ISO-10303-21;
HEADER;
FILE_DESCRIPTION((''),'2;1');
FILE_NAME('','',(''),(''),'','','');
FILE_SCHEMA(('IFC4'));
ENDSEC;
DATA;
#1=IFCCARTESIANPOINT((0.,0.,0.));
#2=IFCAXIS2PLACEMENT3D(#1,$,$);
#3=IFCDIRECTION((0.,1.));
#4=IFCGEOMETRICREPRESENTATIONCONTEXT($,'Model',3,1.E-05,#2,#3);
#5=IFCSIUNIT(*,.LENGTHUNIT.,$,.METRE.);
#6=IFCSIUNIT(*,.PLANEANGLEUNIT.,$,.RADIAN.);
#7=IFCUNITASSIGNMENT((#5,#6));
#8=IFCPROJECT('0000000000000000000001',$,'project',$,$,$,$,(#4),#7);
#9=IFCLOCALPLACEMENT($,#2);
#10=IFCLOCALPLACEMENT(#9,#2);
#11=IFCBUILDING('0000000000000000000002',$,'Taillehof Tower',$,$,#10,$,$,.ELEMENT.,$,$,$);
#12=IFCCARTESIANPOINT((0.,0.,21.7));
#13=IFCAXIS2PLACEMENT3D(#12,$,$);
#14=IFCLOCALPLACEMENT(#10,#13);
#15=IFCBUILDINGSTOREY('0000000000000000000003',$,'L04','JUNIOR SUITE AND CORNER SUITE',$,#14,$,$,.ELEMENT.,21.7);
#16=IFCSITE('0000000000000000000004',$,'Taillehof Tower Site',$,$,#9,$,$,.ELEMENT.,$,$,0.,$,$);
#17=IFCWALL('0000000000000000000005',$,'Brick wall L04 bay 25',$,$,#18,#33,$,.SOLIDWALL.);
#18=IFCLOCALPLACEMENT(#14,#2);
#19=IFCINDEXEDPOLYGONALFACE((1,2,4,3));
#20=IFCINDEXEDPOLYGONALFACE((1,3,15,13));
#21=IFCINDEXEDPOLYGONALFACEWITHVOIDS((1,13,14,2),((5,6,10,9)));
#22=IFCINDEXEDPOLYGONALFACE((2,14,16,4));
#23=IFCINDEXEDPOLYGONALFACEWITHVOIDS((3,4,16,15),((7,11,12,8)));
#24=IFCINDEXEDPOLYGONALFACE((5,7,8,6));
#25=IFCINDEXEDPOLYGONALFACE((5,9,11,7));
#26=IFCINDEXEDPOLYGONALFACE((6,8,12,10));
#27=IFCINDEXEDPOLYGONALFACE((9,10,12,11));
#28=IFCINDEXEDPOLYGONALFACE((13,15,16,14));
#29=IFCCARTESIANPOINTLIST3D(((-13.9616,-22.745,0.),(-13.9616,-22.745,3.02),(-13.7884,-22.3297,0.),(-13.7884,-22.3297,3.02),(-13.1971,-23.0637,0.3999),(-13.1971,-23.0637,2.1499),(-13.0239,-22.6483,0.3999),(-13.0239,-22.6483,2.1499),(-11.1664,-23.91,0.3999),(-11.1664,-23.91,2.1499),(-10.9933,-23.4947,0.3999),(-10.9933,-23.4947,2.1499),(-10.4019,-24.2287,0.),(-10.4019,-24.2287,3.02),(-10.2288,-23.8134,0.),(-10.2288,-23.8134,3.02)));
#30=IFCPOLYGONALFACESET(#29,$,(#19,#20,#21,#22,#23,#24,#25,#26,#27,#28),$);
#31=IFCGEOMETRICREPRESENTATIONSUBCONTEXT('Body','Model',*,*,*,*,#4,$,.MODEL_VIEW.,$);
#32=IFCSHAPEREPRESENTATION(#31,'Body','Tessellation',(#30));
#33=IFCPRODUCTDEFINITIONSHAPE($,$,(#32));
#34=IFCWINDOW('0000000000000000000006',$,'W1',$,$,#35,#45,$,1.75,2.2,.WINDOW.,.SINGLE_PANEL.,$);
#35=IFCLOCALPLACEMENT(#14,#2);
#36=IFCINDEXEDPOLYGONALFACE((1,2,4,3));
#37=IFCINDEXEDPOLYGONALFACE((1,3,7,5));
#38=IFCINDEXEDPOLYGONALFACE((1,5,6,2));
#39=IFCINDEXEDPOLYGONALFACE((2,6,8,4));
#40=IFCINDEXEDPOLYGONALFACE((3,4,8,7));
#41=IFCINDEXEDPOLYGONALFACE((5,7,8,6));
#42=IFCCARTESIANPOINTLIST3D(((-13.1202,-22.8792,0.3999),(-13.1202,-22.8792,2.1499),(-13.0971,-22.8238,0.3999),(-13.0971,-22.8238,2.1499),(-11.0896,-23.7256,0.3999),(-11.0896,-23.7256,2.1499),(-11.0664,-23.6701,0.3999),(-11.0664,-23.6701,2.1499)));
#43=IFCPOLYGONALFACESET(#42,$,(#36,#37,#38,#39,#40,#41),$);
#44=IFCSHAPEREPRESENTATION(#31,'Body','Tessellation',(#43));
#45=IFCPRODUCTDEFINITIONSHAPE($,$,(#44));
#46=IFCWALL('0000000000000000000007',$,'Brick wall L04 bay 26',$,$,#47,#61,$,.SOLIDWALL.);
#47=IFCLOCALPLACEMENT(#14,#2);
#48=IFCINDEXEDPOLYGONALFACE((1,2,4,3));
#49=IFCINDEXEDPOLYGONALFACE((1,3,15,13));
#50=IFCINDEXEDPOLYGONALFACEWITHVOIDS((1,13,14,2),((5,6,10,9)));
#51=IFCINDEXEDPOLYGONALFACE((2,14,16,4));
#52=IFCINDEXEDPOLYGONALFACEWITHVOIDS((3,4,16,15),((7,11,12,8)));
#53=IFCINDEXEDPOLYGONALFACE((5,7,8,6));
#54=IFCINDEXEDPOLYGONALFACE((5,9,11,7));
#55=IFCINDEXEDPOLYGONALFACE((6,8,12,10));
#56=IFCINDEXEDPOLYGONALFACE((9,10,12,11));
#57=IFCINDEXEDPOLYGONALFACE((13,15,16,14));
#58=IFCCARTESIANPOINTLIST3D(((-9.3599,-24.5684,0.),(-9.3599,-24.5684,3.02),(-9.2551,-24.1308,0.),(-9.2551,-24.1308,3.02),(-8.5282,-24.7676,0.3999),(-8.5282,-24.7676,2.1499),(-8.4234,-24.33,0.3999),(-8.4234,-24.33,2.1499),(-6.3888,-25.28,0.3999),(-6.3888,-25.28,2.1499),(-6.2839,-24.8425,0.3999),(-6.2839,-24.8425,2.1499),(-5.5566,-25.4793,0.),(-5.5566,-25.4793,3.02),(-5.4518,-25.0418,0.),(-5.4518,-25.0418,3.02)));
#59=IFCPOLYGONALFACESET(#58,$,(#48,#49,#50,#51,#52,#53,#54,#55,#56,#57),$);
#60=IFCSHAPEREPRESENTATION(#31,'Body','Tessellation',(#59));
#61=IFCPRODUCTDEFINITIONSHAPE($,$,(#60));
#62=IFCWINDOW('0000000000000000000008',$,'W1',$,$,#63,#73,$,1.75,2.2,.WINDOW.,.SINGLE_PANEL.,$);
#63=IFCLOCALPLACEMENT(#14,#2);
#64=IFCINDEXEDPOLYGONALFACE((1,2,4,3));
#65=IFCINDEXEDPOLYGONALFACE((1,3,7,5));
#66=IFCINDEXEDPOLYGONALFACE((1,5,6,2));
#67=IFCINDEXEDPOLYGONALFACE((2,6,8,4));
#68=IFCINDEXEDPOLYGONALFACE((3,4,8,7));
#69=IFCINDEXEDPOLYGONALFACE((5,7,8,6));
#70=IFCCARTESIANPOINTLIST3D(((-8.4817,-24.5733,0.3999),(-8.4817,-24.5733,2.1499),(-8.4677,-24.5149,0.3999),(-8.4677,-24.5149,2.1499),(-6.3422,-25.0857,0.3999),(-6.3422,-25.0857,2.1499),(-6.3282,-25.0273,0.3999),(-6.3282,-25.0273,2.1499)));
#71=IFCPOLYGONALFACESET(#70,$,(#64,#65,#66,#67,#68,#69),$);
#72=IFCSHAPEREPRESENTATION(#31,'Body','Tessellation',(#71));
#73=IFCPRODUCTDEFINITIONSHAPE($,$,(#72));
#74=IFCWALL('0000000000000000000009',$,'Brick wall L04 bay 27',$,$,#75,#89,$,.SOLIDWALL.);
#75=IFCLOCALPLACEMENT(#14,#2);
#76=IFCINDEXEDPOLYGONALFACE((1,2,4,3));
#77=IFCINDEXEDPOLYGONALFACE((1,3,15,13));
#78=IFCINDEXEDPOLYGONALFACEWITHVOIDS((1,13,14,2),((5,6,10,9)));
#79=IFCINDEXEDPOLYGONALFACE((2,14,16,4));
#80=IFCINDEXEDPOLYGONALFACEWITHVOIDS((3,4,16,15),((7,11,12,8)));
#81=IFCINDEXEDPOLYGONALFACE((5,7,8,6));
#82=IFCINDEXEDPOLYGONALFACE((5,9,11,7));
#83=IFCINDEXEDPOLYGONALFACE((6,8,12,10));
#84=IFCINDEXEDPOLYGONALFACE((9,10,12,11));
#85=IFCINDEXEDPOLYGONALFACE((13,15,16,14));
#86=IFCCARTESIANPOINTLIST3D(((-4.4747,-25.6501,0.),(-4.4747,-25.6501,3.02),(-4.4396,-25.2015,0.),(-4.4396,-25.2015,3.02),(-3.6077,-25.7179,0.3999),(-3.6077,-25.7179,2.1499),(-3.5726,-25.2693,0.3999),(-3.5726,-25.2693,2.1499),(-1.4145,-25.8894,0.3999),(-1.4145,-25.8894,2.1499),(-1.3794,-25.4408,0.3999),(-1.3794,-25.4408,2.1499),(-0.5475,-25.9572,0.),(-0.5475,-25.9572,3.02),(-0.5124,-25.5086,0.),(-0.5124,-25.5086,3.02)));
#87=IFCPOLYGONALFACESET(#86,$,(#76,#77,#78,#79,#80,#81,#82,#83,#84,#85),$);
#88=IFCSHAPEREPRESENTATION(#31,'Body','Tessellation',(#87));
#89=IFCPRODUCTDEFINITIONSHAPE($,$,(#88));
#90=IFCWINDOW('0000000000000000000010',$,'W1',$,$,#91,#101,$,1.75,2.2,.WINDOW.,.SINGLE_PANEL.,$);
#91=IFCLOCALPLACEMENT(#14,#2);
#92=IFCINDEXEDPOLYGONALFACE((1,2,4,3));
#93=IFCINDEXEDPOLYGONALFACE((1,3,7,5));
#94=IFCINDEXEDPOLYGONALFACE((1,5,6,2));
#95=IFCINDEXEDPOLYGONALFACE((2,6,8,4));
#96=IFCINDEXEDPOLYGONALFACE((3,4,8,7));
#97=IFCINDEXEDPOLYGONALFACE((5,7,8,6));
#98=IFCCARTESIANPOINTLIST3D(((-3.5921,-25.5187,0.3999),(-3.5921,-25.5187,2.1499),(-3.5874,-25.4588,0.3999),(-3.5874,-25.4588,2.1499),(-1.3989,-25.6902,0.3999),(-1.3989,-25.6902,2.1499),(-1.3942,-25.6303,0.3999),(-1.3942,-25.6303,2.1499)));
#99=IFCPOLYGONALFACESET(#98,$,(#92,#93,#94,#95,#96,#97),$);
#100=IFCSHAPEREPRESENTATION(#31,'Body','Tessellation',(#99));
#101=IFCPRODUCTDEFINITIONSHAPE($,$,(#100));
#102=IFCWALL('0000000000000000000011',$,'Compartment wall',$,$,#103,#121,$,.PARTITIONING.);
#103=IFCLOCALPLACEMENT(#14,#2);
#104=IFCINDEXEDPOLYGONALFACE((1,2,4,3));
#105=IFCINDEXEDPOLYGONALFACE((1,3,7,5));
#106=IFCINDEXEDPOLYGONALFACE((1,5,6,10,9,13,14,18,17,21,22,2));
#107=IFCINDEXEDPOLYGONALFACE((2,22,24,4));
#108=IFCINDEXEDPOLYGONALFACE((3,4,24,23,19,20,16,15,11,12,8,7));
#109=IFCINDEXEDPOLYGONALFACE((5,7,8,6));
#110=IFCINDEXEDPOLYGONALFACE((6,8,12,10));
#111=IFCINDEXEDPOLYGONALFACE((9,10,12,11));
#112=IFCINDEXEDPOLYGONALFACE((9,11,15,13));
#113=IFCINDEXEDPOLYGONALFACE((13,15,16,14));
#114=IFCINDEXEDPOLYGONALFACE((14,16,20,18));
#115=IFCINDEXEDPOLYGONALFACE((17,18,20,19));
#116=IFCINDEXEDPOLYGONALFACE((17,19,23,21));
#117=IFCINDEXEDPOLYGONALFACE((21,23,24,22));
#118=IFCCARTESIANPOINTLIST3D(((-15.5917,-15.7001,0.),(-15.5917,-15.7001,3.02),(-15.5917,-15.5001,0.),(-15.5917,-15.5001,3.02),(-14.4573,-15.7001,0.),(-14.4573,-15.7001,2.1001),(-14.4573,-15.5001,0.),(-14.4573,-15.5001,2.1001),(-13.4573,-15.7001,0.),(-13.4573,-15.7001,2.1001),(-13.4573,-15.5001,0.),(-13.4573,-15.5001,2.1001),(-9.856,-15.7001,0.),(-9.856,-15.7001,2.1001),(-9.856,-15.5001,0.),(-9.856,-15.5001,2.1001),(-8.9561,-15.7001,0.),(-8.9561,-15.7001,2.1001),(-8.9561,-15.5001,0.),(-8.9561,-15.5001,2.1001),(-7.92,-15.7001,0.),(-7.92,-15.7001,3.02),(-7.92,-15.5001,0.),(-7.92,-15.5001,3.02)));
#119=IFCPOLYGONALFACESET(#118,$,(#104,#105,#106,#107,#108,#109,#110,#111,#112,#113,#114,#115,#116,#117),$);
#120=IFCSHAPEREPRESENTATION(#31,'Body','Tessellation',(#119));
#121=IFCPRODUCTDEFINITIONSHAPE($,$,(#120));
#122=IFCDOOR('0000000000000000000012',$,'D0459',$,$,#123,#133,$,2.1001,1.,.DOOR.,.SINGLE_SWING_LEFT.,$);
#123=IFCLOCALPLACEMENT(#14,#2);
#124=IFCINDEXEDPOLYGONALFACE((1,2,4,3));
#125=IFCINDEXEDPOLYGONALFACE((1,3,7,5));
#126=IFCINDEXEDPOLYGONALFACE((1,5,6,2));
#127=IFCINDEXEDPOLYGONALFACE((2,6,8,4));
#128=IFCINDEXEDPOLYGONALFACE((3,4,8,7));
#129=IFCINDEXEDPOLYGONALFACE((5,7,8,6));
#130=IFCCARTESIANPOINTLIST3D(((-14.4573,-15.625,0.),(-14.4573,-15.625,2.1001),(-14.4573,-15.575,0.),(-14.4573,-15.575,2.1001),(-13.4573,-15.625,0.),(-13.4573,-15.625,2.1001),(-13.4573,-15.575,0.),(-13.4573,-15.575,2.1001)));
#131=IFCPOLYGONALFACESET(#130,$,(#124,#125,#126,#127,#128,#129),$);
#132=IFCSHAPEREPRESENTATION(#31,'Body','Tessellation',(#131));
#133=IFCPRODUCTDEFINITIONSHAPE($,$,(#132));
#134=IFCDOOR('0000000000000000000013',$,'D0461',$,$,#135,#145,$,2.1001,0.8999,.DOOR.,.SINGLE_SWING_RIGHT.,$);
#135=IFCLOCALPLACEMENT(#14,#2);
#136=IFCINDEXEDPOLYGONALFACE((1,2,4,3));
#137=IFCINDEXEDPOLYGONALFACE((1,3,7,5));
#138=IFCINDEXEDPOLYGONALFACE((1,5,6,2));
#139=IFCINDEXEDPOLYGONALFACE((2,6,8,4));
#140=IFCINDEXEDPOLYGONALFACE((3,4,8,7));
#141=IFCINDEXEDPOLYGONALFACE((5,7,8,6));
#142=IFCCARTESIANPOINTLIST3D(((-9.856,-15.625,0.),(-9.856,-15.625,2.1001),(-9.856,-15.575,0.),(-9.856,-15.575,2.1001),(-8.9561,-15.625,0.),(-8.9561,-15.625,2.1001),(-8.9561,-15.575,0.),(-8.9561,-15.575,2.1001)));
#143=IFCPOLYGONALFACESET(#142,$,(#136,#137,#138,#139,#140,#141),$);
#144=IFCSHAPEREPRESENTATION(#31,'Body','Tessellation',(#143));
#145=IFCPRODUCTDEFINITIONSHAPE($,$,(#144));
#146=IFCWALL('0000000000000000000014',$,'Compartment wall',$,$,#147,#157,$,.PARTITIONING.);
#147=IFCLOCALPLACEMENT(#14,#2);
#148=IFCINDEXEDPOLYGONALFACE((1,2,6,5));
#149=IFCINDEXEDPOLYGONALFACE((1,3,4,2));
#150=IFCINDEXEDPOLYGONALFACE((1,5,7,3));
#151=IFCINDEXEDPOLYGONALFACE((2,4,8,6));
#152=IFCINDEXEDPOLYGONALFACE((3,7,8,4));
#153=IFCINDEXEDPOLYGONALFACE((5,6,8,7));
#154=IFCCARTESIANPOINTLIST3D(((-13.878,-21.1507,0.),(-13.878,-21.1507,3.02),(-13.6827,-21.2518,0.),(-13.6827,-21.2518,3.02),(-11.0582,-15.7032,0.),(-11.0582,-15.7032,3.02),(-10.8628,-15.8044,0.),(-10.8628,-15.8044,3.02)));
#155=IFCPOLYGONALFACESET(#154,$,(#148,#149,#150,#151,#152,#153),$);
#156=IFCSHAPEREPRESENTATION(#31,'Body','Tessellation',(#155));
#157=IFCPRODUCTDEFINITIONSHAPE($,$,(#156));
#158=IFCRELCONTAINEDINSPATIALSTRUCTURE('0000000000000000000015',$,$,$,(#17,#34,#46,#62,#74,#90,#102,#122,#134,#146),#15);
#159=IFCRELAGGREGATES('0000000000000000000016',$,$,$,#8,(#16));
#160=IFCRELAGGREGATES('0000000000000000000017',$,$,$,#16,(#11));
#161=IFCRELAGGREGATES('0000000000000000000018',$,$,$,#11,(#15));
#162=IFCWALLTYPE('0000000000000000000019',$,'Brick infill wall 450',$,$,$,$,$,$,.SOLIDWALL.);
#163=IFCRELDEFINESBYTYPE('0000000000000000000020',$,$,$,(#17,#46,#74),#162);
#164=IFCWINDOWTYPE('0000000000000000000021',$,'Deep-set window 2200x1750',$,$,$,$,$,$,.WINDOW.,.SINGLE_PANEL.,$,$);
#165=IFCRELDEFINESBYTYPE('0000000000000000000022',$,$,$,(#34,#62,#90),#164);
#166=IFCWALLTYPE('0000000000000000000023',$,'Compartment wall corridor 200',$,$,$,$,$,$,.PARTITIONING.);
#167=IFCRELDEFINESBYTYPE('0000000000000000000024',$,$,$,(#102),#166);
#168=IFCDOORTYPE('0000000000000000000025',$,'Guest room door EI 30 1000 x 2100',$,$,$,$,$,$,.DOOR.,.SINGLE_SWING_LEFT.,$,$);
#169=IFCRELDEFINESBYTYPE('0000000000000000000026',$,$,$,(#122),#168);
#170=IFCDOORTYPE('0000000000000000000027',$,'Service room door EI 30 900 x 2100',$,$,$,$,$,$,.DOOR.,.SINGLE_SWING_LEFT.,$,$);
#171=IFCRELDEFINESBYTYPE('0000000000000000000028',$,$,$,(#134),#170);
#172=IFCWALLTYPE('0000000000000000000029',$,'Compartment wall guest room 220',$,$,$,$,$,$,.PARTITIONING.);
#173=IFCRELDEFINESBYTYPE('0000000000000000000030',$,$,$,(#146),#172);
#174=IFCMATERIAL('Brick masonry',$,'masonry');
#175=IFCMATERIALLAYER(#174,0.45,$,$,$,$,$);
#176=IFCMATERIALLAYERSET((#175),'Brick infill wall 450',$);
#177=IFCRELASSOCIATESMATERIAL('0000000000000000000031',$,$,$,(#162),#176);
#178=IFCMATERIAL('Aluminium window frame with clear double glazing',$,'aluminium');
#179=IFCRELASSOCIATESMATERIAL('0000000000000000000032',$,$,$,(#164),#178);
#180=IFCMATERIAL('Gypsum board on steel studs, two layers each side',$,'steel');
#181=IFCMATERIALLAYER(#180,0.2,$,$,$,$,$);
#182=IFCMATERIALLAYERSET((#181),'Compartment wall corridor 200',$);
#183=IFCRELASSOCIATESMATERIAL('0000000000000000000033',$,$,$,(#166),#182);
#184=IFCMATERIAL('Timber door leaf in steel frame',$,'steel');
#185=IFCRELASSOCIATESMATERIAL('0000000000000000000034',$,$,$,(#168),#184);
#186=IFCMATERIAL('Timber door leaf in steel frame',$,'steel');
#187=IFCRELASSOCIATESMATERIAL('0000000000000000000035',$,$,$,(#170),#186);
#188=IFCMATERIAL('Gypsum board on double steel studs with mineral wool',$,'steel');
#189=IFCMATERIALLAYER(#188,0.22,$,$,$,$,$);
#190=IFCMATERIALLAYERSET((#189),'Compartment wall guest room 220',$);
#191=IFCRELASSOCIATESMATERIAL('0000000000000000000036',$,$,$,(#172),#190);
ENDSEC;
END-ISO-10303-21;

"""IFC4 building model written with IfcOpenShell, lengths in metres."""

from ifc_helpers import new_model, si_unit, direction, frame, frame_2d, origin, place, context, subcontext, project, spatial, rectangle, extrude, material, layer, layer_set, type_object, element, fill, save


model = new_model("IFC4")

# Units and contexts
model_context = context("Model", 3, precision=1e-05, world=origin(), true_north=direction((0.0, 1.0)))
body_context = subcontext(model_context, "Body", "Model", "MODEL_VIEW")
ifc_project = project(units=[si_unit("LENGTHUNIT", "METRE"), si_unit("PLANEANGLEUNIT", "RADIAN")], contexts=[model_context])

# Site, building, storey
site_placement = place(None, origin())
site = spatial("IfcSite", under=ifc_project, at=site_placement, Name="Taillehof Tower Site", CompositionType="ELEMENT", RefElevation=0.0)
building_placement = place(site_placement, origin())
building = spatial("IfcBuilding", under=site, at=building_placement, Name="Taillehof Tower", CompositionType="ELEMENT")
storey_placement = place(building_placement, frame((0.0, 0.0, 21.7)))
storey = spatial("IfcBuildingStorey", under=building, at=storey_placement, Name="L04", Description="JUNIOR SUITE AND CORNER SUITE", CompositionType="ELEMENT", Elevation=21.7)

# Walls, openings, windows
ifc_material_1 = material(Name="Brick masonry", Category="masonry")
ifc_layer_1 = layer(ifc_material_1, 0.45)
ifc_layer_set_1 = layer_set([ifc_layer_1], Name="Brick infill wall 450")
wall_type_1 = type_object("IfcWallType", Name="Brick infill wall 450", PredefinedType="SOLIDWALL", material=ifc_layer_set_1)
wall_1_placement = place(storey_placement, frame((-13.875, -22.5374, 0.0), z_axis=(0.0, 0.0, 1.0), x_axis=(0.923032, -0.384723, 0.0)))
wall_1 = element("IfcWall", 1, at=wall_1_placement, inside=storey, type_object=wall_type_1, Name="Brick wall L04 bay 25", PredefinedType="SOLIDWALL", context=body_context, shape_type="SweptSolid", body=[
    extrude(rectangle(XDim=3.8564, YDim=0.45, at=frame_2d((1.9282, 0.0))), origin(), (0.0, 0.0, 1.0), 3.02),
])
opening_1_placement = place(wall_1_placement, frame((0.8281, 0.0, 0.3999)))
opening_1 = element("IfcOpeningElement", 2, at=opening_1_placement, cuts=wall_1, PredefinedType="OPENING", context=body_context, shape_type="SweptSolid", body=[
    extrude(rectangle(XDim=2.2, YDim=1.75, at=frame_2d((1.1001, 0.875))), frame((0.0, 0.2349, 0.0), z_axis=(0.0, -1.0, 0.0), x_axis=(1.0, 0.0, 0.0)), (0.0, 0.0, 1.0), 0.47),
])
ifc_material_2 = material(Name="Aluminium window frame with clear double glazing", Category="aluminium")
window_type = type_object("IfcWindowType", Name="Deep-set window 2200x1750", PartitioningType="SINGLE_PANEL", PredefinedType="WINDOW", material=ifc_material_2)
window_1_placement = place(opening_1_placement, origin())
window_1 = element("IfcWindow", 3, at=window_1_placement, inside=storey, type_object=window_type, Name="W1", OverallHeight=1.75, OverallWidth=2.2, PartitioningType="SINGLE_PANEL", PredefinedType="WINDOW", context=body_context, shape_type="SweptSolid", body=[
    extrude(rectangle(XDim=2.2, YDim=1.75, at=frame_2d((1.1001, 0.875))), frame((0.0, 0.0349, 0.0), z_axis=(0.0, -1.0, 0.0), x_axis=(1.0, 0.0, 0.0)), (0.0, 0.0, 1.0), 0.0601),
])
fill(opening_1, window_1)
wall_2_placement = place(storey_placement, frame((-9.3076, -24.3496, 0.0), z_axis=(0.0, 0.0, 1.0), x_axis=(0.972497, -0.232917, 0.0)))
wall_2 = element("IfcWall", 4, at=wall_2_placement, inside=storey, type_object=wall_type_1, Name="Brick wall L04 bay 26", PredefinedType="SOLIDWALL", context=body_context, shape_type="SweptSolid", body=[
    extrude(rectangle(XDim=3.9109, YDim=0.45, at=frame_2d((1.9556, 0.0))), origin(), (0.0, 0.0, 1.0), 3.02),
])
opening_2_placement = place(wall_2_placement, frame((0.8552, 0.0, 0.3999)))
opening_2 = element("IfcOpeningElement", 5, at=opening_2_placement, cuts=wall_2, PredefinedType="OPENING", context=body_context, shape_type="SweptSolid", body=[
    extrude(rectangle(XDim=2.2, YDim=1.75, at=frame_2d((1.1001, 0.875))), frame((0.0, 0.2349, 0.0), z_axis=(0.0, -1.0, 0.0), x_axis=(1.0, 0.0, 0.0)), (0.0, 0.0, 1.0), 0.47),
])
window_2_placement = place(opening_2_placement, origin())
window_2 = element("IfcWindow", 6, at=window_2_placement, inside=storey, type_object=window_type, Name="W1", OverallHeight=1.75, OverallWidth=2.2, PartitioningType="SINGLE_PANEL", PredefinedType="WINDOW", context=body_context, shape_type="SweptSolid", body=[
    extrude(rectangle(XDim=2.2, YDim=1.75, at=frame_2d((1.1001, 0.875))), frame((0.0, 0.0349, 0.0), z_axis=(0.0, -1.0, 0.0), x_axis=(1.0, 0.0, 0.0)), (0.0, 0.0, 1.0), 0.0601),
])
fill(opening_2, window_2)
wall_3_placement = place(storey_placement, frame((-4.4573, -25.4258, 0.0), z_axis=(0.0, 0.0, 1.0), x_axis=(0.996956, -0.077967, 0.0)))
wall_3 = element("IfcWall", 7, at=wall_3_placement, inside=storey, type_object=wall_type_1, Name="Brick wall L04 bay 27", PredefinedType="SOLIDWALL", context=body_context, shape_type="SweptSolid", body=[
    extrude(rectangle(XDim=3.9392, YDim=0.45, at=frame_2d((1.9697, 0.0))), origin(), (0.0, 0.0, 1.0), 3.02),
])
opening_3_placement = place(wall_3_placement, frame((0.8696, 0.0, 0.3999)))
opening_3 = element("IfcOpeningElement", 8, at=opening_3_placement, cuts=wall_3, PredefinedType="OPENING", context=body_context, shape_type="SweptSolid", body=[
    extrude(rectangle(XDim=2.2, YDim=1.75, at=frame_2d((1.1001, 0.875))), frame((0.0, 0.2349, 0.0), z_axis=(0.0, -1.0, 0.0), x_axis=(1.0, 0.0, 0.0)), (0.0, 0.0, 1.0), 0.47),
])
window_3_placement = place(opening_3_placement, origin())
window_3 = element("IfcWindow", 9, at=window_3_placement, inside=storey, type_object=window_type, Name="W1", OverallHeight=1.75, OverallWidth=2.2, PartitioningType="SINGLE_PANEL", PredefinedType="WINDOW", context=body_context, shape_type="SweptSolid", body=[
    extrude(rectangle(XDim=2.2, YDim=1.75, at=frame_2d((1.1001, 0.875))), frame((0.0, 0.0349, 0.0), z_axis=(0.0, -1.0, 0.0), x_axis=(1.0, 0.0, 0.0)), (0.0, 0.0, 1.0), 0.0601),
])
fill(opening_3, window_3)

# Wall, openings, doors
ifc_material_3 = material(Name="Gypsum board on steel studs, two layers each side", Category="steel")
ifc_layer_2 = layer(ifc_material_3, 0.2)
ifc_layer_set_2 = layer_set([ifc_layer_2], Name="Compartment wall corridor 200")
wall_type_2 = type_object("IfcWallType", Name="Compartment wall corridor 200", PredefinedType="PARTITIONING", material=ifc_layer_set_2)
wall_4_placement = place(storey_placement, frame((-7.9199, -15.6001, 0.0), z_axis=(0.0, 0.0, 1.0), x_axis=(-1.0, 0.0, 0.0)))
wall_4 = element("IfcWall", 10, at=wall_4_placement, inside=storey, type_object=wall_type_2, Name="Compartment wall", PredefinedType="PARTITIONING", context=body_context, shape_type="SweptSolid", body=[
    extrude(rectangle(XDim=7.6716, YDim=0.2, at=frame_2d((3.8359, 0.0))), origin(), (0.0, 0.0, 1.0), 3.02),
])
opening_4_placement = place(wall_4_placement, frame((5.5374, 0.0, 0.0)))
opening_4 = element("IfcOpeningElement", 11, at=opening_4_placement, cuts=wall_4, PredefinedType="OPENING", context=body_context, shape_type="SweptSolid", body=[
    extrude(rectangle(XDim=1.0, YDim=2.1001, at=frame_2d((0.5, 1.05))), frame((0.0, 0.1099, 0.0), z_axis=(0.0, -1.0, 0.0), x_axis=(1.0, 0.0, 0.0)), (0.0, 0.0, 1.0), 0.22),
])
opening_5_placement = place(wall_4_placement, frame((1.0361, 0.0, 0.0)))
opening_5 = element("IfcOpeningElement", 12, at=opening_5_placement, cuts=wall_4, PredefinedType="OPENING", context=body_context, shape_type="SweptSolid", body=[
    extrude(rectangle(XDim=0.8999, YDim=2.1001, at=frame_2d((0.45, 1.05))), frame((0.0, 0.1099, 0.0), z_axis=(0.0, -1.0, 0.0), x_axis=(1.0, 0.0, 0.0)), (0.0, 0.0, 1.0), 0.22),
])
ifc_material_4 = material(Name="Timber door leaf in steel frame", Category="steel")
door_type_1 = type_object("IfcDoorType", Name="Guest room door EI 30 1000 x 2100", OperationType="SINGLE_SWING_LEFT", PredefinedType="DOOR", material=ifc_material_4)
door_1_placement = place(opening_4_placement, origin())
door_1 = element("IfcDoor", 13, at=door_1_placement, inside=storey, type_object=door_type_1, Name="D0459", OperationType="SINGLE_SWING_LEFT", OverallHeight=2.1001, OverallWidth=1.0, PredefinedType="DOOR", context=body_context, shape_type="SweptSolid", body=[
    extrude(rectangle(XDim=1.0, YDim=2.1001, at=frame_2d((0.5, 1.05))), frame((0.0, 0.0249, 0.0), z_axis=(0.0, -1.0, 0.0), x_axis=(1.0, 0.0, 0.0)), (0.0, 0.0, 1.0), 0.05),
])
fill(opening_4, door_1)
ifc_material_5 = material(Name="Timber door leaf in steel frame", Category="steel")
door_type_2 = type_object("IfcDoorType", Name="Service room door EI 30 900 x 2100", OperationType="SINGLE_SWING_LEFT", PredefinedType="DOOR", material=ifc_material_5)
door_2_placement = place(opening_5_placement, origin())
door_2 = element("IfcDoor", 14, at=door_2_placement, inside=storey, type_object=door_type_2, Name="D0461", OperationType="SINGLE_SWING_RIGHT", OverallHeight=2.1001, OverallWidth=0.8999, PredefinedType="DOOR", context=body_context, shape_type="SweptSolid", body=[
    extrude(rectangle(XDim=0.8999, YDim=2.1001, at=frame_2d((0.45, 1.05))), frame((0.0, 0.0249, 0.0), z_axis=(0.0, -1.0, 0.0), x_axis=(1.0, 0.0, 0.0)), (0.0, 0.0, 1.0), 0.05),
])
fill(opening_5, door_2)

# Wall
ifc_material_6 = material(Name="Gypsum board on double steel studs with mineral wool", Category="steel")
ifc_layer_3 = layer(ifc_material_6, 0.22)
ifc_layer_set_3 = layer_set([ifc_layer_3], Name="Compartment wall guest room 220")
wall_type_3 = type_object("IfcWallType", Name="Compartment wall guest room 220", PredefinedType="PARTITIONING", material=ifc_layer_set_3)
wall_5_placement = place(storey_placement, frame((-13.7803, -21.2012, 0.0), z_axis=(0.0, 0.0, 1.0), x_axis=(0.459699, 0.888075, 0.0)))
element("IfcWall", 15, at=wall_5_placement, inside=storey, type_object=wall_type_3, Name="Compartment wall", PredefinedType="PARTITIONING", context=body_context, shape_type="SweptSolid", body=[
    extrude(rectangle(XDim=6.134, YDim=0.22, at=frame_2d((3.0669, 0.0))), origin(), (0.0, 0.0, 1.0), 3.02),
])

save(model, "model.ifc")
